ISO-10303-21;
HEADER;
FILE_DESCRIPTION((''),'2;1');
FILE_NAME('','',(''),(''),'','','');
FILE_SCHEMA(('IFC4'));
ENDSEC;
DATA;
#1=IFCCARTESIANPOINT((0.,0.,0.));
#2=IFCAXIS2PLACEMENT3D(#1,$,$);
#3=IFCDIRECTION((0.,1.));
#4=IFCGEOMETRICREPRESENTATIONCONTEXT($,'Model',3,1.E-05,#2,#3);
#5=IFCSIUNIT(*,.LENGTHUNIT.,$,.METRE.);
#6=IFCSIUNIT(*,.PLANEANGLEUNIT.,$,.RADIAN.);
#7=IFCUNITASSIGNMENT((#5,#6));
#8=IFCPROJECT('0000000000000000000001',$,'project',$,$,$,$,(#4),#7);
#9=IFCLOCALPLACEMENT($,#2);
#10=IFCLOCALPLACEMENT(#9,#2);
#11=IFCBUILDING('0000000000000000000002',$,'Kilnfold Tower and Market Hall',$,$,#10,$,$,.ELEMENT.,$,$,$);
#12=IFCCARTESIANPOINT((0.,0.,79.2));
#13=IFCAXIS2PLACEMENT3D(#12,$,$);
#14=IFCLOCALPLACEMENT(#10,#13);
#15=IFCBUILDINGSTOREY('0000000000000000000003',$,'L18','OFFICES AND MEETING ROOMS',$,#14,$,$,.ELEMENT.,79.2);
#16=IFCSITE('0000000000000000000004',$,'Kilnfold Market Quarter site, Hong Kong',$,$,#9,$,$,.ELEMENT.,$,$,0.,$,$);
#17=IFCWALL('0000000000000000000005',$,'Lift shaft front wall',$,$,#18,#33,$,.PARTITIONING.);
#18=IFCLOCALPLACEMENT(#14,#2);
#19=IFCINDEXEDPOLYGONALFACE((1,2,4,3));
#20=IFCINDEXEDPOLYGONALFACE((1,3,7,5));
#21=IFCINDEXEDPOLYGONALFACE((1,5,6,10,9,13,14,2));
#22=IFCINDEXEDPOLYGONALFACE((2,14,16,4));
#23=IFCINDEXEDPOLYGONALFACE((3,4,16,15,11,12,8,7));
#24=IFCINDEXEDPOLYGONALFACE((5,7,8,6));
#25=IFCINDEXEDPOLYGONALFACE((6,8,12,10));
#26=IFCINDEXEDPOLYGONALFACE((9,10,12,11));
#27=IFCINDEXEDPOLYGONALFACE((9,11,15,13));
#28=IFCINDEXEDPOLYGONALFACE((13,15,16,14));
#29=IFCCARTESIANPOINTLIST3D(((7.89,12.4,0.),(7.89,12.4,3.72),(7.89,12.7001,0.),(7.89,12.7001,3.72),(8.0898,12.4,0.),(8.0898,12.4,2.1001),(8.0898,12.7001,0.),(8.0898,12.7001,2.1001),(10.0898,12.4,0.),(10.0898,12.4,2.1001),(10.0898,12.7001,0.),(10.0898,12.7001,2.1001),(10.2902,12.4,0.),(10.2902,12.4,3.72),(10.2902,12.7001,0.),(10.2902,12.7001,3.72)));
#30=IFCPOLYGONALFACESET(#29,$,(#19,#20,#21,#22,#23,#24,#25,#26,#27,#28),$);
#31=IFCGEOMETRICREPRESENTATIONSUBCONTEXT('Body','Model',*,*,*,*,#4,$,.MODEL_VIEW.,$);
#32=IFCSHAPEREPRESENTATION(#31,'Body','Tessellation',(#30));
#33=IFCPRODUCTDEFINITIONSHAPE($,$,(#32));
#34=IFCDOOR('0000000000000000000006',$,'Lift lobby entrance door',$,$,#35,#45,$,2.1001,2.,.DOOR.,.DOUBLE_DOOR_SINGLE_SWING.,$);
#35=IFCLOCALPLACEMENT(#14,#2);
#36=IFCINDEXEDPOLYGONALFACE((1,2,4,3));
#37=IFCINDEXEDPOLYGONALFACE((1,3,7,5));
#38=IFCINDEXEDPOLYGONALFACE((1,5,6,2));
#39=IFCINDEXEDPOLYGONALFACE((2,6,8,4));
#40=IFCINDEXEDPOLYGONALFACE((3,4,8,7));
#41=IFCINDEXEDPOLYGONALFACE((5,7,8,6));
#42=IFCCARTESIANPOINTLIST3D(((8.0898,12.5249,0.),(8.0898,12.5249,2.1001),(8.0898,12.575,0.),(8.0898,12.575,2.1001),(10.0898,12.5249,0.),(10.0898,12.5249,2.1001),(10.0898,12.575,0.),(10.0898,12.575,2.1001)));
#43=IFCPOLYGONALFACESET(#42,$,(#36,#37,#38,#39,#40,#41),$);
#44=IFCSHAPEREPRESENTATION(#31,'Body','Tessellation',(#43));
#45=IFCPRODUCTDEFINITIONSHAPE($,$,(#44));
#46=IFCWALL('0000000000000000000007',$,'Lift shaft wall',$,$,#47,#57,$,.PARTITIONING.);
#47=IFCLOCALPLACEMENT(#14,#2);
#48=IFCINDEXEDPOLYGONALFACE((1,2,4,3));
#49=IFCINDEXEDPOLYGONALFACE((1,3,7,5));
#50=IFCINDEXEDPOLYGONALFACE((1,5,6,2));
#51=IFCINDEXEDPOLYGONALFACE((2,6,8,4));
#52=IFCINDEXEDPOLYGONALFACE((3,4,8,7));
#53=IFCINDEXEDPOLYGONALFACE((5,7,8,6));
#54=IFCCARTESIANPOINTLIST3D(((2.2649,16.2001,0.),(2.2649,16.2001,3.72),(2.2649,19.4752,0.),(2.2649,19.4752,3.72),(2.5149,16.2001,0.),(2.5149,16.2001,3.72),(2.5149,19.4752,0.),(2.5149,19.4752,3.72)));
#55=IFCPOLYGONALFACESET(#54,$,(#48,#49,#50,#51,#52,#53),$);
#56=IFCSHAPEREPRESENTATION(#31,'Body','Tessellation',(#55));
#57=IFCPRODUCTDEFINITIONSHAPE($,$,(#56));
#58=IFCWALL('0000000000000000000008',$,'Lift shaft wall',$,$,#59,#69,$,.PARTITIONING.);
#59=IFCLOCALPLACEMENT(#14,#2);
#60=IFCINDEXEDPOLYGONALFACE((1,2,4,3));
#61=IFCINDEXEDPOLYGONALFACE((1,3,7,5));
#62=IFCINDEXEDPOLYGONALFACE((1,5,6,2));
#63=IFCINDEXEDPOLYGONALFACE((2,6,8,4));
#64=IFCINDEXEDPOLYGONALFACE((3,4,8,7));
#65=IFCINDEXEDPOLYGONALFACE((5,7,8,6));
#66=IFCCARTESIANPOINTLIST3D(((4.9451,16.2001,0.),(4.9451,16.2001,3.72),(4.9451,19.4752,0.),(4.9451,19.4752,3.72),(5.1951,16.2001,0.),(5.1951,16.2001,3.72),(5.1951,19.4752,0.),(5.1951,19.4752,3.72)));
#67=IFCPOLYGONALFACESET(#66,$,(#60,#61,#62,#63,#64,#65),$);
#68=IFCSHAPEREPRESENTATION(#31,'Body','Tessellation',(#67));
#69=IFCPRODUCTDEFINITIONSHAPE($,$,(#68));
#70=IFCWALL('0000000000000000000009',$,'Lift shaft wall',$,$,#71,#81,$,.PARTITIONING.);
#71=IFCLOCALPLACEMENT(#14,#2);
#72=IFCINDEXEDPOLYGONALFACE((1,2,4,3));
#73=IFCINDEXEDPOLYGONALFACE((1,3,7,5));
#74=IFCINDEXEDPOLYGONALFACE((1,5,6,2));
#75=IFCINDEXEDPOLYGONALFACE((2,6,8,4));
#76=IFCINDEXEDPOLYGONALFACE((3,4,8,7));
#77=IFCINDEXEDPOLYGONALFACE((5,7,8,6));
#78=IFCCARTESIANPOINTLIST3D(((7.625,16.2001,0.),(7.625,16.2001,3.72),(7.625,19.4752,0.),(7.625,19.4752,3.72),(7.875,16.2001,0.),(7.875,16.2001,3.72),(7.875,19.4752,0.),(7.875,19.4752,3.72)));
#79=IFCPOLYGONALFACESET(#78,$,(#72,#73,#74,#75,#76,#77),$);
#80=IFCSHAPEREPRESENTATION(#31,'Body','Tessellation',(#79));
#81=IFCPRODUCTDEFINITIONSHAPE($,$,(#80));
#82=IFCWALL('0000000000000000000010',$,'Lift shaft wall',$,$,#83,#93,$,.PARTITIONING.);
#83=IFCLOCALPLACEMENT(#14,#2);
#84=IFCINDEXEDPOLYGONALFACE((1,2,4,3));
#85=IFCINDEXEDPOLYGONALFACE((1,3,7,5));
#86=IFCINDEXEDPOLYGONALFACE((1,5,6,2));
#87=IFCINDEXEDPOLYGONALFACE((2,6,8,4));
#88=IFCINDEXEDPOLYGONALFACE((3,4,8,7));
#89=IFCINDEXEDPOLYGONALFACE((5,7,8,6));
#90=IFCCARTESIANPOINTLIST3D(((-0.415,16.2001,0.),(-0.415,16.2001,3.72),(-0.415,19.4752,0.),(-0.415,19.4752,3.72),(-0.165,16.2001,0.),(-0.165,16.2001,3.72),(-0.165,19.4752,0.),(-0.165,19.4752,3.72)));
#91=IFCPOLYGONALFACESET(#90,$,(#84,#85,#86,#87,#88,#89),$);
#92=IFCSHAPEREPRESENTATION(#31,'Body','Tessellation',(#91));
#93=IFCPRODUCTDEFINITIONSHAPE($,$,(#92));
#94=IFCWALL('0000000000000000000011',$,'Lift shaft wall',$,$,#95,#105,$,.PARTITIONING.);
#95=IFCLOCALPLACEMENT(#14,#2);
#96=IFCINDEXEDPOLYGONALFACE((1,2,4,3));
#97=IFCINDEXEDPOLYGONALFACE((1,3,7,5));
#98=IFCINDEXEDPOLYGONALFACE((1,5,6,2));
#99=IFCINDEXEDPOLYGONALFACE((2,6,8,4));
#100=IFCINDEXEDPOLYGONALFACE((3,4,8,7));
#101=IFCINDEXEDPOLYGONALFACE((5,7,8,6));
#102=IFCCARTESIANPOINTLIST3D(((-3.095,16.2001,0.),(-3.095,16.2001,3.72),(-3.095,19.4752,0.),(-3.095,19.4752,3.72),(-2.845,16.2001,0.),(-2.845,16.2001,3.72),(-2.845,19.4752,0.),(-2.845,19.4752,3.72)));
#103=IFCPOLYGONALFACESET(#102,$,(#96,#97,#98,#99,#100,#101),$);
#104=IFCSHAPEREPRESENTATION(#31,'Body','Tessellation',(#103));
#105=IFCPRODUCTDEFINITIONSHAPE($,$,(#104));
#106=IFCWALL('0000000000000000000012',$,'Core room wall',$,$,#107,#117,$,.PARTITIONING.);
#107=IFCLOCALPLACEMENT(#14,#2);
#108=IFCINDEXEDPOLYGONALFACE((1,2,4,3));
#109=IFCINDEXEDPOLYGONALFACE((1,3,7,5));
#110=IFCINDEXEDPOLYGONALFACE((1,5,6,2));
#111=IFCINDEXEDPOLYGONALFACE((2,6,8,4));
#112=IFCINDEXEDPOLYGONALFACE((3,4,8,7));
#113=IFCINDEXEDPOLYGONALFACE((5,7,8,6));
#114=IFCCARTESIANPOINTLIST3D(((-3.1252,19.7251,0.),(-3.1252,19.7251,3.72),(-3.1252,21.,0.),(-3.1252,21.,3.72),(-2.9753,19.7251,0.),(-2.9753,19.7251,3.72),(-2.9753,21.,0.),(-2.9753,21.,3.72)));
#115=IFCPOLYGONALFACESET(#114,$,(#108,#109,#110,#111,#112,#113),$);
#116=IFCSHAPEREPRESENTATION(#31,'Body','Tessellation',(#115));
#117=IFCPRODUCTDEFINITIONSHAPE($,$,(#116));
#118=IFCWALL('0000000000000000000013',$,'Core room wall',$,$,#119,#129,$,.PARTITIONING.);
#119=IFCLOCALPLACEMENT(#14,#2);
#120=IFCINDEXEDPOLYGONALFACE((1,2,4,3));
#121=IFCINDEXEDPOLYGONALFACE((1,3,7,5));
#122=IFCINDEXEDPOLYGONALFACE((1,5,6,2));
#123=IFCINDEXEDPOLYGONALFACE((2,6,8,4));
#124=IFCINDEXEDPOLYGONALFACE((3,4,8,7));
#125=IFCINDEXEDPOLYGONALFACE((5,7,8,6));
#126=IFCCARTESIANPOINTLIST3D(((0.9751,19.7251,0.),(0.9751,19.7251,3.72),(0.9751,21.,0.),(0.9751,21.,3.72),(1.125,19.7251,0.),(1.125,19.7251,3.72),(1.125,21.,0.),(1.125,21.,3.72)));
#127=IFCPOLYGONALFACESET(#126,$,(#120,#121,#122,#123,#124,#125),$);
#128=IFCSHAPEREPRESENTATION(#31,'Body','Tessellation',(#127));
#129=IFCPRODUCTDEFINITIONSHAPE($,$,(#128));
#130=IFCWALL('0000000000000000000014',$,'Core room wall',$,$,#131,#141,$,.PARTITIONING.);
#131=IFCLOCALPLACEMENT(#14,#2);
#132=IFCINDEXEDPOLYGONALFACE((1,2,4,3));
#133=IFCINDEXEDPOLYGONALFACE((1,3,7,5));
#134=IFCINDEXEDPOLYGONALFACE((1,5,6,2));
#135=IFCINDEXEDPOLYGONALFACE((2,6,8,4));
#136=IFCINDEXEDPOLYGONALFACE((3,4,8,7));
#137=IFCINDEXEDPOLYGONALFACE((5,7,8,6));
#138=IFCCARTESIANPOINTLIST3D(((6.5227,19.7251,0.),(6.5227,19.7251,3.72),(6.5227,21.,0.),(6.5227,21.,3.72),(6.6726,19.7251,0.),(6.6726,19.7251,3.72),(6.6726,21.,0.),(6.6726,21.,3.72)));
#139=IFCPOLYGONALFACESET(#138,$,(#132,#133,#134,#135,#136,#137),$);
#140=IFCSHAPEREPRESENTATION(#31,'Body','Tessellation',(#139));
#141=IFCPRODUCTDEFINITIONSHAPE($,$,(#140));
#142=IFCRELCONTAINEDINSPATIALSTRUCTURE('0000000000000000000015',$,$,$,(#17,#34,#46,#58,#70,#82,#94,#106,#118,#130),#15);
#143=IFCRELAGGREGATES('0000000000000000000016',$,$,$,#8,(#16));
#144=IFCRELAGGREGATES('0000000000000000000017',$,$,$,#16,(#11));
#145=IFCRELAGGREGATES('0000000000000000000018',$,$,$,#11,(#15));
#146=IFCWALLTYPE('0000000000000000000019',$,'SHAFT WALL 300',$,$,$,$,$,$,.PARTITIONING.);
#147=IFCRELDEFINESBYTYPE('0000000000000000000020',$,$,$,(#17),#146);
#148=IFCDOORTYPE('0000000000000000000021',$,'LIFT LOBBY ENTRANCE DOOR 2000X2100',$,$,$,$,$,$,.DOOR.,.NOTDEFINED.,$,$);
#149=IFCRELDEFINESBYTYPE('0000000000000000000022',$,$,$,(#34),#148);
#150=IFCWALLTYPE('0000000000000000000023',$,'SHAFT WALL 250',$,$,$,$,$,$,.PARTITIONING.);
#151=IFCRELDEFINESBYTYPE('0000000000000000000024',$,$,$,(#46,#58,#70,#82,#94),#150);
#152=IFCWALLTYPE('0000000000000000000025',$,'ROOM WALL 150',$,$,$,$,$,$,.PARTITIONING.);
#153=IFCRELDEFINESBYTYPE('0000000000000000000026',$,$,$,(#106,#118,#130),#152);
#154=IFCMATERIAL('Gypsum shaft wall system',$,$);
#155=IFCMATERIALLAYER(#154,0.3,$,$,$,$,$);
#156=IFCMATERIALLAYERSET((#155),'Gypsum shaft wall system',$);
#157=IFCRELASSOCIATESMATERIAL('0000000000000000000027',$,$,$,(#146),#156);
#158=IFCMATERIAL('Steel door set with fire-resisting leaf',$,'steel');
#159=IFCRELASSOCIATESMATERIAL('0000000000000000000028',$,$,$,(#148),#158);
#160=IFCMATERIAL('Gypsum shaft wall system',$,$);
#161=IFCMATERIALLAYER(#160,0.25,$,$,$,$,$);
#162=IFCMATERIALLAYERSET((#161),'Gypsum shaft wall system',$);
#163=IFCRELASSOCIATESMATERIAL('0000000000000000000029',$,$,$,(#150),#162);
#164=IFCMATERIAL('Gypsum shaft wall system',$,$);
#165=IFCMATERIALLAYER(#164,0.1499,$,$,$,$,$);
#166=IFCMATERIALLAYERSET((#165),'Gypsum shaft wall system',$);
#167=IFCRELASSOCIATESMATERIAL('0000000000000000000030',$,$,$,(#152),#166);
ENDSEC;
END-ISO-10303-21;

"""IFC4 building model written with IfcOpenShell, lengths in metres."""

from ifc_helpers import new_model, si_unit, direction, frame, frame_2d, origin, place, context, subcontext, project, spatial, rectangle, extrude, source, transform, mapped, material, layer, layer_set, type_object, element, fill, save


model = new_model("IFC4")

# Units and contexts
model_context = context("Model", 3, precision=1e-05, world=origin(), true_north=direction((0.0, 1.0)))
body_context = subcontext(model_context, "Body", "Model", "MODEL_VIEW")
ifc_project = project(units=[si_unit("LENGTHUNIT", "METRE"), si_unit("PLANEANGLEUNIT", "RADIAN")], contexts=[model_context])

# Site, building, storey
site_placement = place(None, origin())
site = spatial("IfcSite", under=ifc_project, at=site_placement, Name="Kilnfold Market Quarter site, Hong Kong", CompositionType="ELEMENT", RefElevation=0.0)
building_placement = place(site_placement, origin())
building = spatial("IfcBuilding", under=site, at=building_placement, Name="Kilnfold Tower and Market Hall", CompositionType="ELEMENT")
storey_placement = place(building_placement, frame((0.0, 0.0, 79.2)))
storey = spatial("IfcBuildingStorey", under=building, at=storey_placement, Name="L18", Description="OFFICES AND MEETING ROOMS", CompositionType="ELEMENT", Elevation=79.2)

# Shared definitions
ifc_material_1 = material(Name="Gypsum shaft wall system")
ifc_layer_1 = layer(ifc_material_1, 0.3)
ifc_layer_set_1 = layer_set([ifc_layer_1], Name="Gypsum shaft wall system")
wall_type_1 = type_object("IfcWallType", Name="SHAFT WALL 300", PredefinedType="PARTITIONING", material=ifc_layer_set_1)

# Wall, opening, door
shared_shape_1 = source(origin(), body_context, "Body", "SweptSolid", [
    extrude(rectangle(XDim=2.4001, YDim=0.3, at=frame_2d((1.2002, 0.0))), origin(), (0.0, 0.0, 1.0), 3.72),
])
wall_1_placement = place(storey_placement, frame((7.8899, 12.55, 0.0), z_axis=(0.0, 0.0, 1.0), x_axis=(1.0, 0.0, 0.0)))
wall_1 = element("IfcWall", 1, at=wall_1_placement, inside=storey, type_object=wall_type_1, Name="Lift shaft front wall", PredefinedType="PARTITIONING", context=body_context, shape_type="MappedRepresentation", body=[
    mapped(shared_shape_1, transform((0.0, 0.0, 0.0))),
])
opening_1_placement = place(wall_1_placement, frame((0.2, 0.0, 0.0)))
opening_1 = element("IfcOpeningElement", 2, at=opening_1_placement, cuts=wall_1, PredefinedType="OPENING", context=body_context, shape_type="SweptSolid", body=[
    extrude(rectangle(XDim=2.0, YDim=2.1001, at=frame_2d((1.0, 1.05))), frame((0.0, 0.1602, 0.0), z_axis=(0.0, -1.0, 0.0), x_axis=(1.0, 0.0, 0.0)), (0.0, 0.0, 1.0), 0.3201),
])
ifc_material_2 = material(Name="Steel door set with fire-resisting leaf", Category="steel")
door_type_1 = type_object("IfcDoorType", Name="LIFT LOBBY ENTRANCE DOOR 2000X2100", OperationType="NOTDEFINED", PredefinedType="DOOR", material=ifc_material_2)
door_1_placement = place(opening_1_placement, origin())
door_1 = element("IfcDoor", 3, at=door_1_placement, inside=storey, type_object=door_type_1, Name="Lift lobby entrance door", OperationType="DOUBLE_DOOR_SINGLE_SWING", OverallHeight=2.1001, OverallWidth=2.0, PredefinedType="DOOR", context=body_context, shape_type="SweptSolid", body=[
    extrude(rectangle(XDim=2.0, YDim=2.1001, at=frame_2d((1.0, 1.05))), frame((0.0, 0.0249, 0.0), z_axis=(0.0, -1.0, 0.0), x_axis=(1.0, 0.0, 0.0)), (0.0, 0.0, 1.0), 0.05),
])
fill(opening_1, door_1)

# Walls
ifc_material_3 = material(Name="Gypsum shaft wall system")
ifc_layer_2 = layer(ifc_material_3, 0.25)
ifc_layer_set_2 = layer_set([ifc_layer_2], Name="Gypsum shaft wall system")
wall_type_2 = type_object("IfcWallType", Name="SHAFT WALL 250", PredefinedType="PARTITIONING", material=ifc_layer_set_2)
shared_shape_2 = source(origin(), body_context, "Body", "SweptSolid", [
    extrude(rectangle(XDim=3.2751, YDim=0.25, at=frame_2d((1.6377, 0.0))), origin(), (0.0, 0.0, 1.0), 3.72),
])
for number, where, z_axis, x_axis, name in (
    (4, (2.3899, 16.2, 0.0), (0.0, 0.0, 1.0), (0.0, 1.0, 0.0), "Lift shaft wall"),
    (5, (5.0701, 16.2, 0.0), (0.0, 0.0, 1.0), (0.0, 1.0, 0.0), "Lift shaft wall"),
    (6, (7.75, 16.2, 0.0), (0.0, 0.0, 1.0), (0.0, 1.0, 0.0), "Lift shaft wall"),
    (7, (-0.29, 16.2, 0.0), (0.0, 0.0, 1.0), (0.0, 1.0, 0.0), "Lift shaft wall"),
    (8, (-2.97, 16.2, 0.0), (0.0, 0.0, 1.0), (0.0, 1.0, 0.0), "Lift shaft wall"),
):
    element("IfcWall", number, at=place(storey_placement, frame(where, z_axis=z_axis, x_axis=x_axis)), inside=storey, type_object=wall_type_2, Name=name, PredefinedType="PARTITIONING", context=body_context, shape_type="MappedRepresentation", body=[
        mapped(shared_shape_2, transform((0.0, 0.0, 0.0))),
    ])
ifc_material_4 = material(Name="Gypsum shaft wall system")
ifc_layer_3 = layer(ifc_material_4, 0.1499)
ifc_layer_set_3 = layer_set([ifc_layer_3], Name="Gypsum shaft wall system")
wall_type_3 = type_object("IfcWallType", Name="ROOM WALL 150", PredefinedType="PARTITIONING", material=ifc_layer_set_3)
shared_shape_3 = source(origin(), body_context, "Body", "SweptSolid", [
    extrude(rectangle(XDim=1.2749, YDim=0.1499, at=frame_2d((0.6375, 0.0))), origin(), (0.0, 0.0, 1.0), 3.72),
])
for number, where, z_axis, x_axis, name in (
    (9, (-3.0503, 19.7251, 0.0), (0.0, 0.0, 1.0), (0.0, 1.0, 0.0), "Core room wall"),
    (10, (1.05, 19.7251, 0.0), (0.0, 0.0, 1.0), (0.0, 1.0, 0.0), "Core room wall"),
    (11, (6.5977, 19.7251, 0.0), (0.0, 0.0, 1.0), (0.0, 1.0, 0.0), "Core room wall"),
):
    element("IfcWall", number, at=place(storey_placement, frame(where, z_axis=z_axis, x_axis=x_axis)), inside=storey, type_object=wall_type_3, Name=name, PredefinedType="PARTITIONING", context=body_context, shape_type="MappedRepresentation", body=[
        mapped(shared_shape_3, transform((0.0, 0.0, 0.0))),
    ])

save(model, "model.ifc")
